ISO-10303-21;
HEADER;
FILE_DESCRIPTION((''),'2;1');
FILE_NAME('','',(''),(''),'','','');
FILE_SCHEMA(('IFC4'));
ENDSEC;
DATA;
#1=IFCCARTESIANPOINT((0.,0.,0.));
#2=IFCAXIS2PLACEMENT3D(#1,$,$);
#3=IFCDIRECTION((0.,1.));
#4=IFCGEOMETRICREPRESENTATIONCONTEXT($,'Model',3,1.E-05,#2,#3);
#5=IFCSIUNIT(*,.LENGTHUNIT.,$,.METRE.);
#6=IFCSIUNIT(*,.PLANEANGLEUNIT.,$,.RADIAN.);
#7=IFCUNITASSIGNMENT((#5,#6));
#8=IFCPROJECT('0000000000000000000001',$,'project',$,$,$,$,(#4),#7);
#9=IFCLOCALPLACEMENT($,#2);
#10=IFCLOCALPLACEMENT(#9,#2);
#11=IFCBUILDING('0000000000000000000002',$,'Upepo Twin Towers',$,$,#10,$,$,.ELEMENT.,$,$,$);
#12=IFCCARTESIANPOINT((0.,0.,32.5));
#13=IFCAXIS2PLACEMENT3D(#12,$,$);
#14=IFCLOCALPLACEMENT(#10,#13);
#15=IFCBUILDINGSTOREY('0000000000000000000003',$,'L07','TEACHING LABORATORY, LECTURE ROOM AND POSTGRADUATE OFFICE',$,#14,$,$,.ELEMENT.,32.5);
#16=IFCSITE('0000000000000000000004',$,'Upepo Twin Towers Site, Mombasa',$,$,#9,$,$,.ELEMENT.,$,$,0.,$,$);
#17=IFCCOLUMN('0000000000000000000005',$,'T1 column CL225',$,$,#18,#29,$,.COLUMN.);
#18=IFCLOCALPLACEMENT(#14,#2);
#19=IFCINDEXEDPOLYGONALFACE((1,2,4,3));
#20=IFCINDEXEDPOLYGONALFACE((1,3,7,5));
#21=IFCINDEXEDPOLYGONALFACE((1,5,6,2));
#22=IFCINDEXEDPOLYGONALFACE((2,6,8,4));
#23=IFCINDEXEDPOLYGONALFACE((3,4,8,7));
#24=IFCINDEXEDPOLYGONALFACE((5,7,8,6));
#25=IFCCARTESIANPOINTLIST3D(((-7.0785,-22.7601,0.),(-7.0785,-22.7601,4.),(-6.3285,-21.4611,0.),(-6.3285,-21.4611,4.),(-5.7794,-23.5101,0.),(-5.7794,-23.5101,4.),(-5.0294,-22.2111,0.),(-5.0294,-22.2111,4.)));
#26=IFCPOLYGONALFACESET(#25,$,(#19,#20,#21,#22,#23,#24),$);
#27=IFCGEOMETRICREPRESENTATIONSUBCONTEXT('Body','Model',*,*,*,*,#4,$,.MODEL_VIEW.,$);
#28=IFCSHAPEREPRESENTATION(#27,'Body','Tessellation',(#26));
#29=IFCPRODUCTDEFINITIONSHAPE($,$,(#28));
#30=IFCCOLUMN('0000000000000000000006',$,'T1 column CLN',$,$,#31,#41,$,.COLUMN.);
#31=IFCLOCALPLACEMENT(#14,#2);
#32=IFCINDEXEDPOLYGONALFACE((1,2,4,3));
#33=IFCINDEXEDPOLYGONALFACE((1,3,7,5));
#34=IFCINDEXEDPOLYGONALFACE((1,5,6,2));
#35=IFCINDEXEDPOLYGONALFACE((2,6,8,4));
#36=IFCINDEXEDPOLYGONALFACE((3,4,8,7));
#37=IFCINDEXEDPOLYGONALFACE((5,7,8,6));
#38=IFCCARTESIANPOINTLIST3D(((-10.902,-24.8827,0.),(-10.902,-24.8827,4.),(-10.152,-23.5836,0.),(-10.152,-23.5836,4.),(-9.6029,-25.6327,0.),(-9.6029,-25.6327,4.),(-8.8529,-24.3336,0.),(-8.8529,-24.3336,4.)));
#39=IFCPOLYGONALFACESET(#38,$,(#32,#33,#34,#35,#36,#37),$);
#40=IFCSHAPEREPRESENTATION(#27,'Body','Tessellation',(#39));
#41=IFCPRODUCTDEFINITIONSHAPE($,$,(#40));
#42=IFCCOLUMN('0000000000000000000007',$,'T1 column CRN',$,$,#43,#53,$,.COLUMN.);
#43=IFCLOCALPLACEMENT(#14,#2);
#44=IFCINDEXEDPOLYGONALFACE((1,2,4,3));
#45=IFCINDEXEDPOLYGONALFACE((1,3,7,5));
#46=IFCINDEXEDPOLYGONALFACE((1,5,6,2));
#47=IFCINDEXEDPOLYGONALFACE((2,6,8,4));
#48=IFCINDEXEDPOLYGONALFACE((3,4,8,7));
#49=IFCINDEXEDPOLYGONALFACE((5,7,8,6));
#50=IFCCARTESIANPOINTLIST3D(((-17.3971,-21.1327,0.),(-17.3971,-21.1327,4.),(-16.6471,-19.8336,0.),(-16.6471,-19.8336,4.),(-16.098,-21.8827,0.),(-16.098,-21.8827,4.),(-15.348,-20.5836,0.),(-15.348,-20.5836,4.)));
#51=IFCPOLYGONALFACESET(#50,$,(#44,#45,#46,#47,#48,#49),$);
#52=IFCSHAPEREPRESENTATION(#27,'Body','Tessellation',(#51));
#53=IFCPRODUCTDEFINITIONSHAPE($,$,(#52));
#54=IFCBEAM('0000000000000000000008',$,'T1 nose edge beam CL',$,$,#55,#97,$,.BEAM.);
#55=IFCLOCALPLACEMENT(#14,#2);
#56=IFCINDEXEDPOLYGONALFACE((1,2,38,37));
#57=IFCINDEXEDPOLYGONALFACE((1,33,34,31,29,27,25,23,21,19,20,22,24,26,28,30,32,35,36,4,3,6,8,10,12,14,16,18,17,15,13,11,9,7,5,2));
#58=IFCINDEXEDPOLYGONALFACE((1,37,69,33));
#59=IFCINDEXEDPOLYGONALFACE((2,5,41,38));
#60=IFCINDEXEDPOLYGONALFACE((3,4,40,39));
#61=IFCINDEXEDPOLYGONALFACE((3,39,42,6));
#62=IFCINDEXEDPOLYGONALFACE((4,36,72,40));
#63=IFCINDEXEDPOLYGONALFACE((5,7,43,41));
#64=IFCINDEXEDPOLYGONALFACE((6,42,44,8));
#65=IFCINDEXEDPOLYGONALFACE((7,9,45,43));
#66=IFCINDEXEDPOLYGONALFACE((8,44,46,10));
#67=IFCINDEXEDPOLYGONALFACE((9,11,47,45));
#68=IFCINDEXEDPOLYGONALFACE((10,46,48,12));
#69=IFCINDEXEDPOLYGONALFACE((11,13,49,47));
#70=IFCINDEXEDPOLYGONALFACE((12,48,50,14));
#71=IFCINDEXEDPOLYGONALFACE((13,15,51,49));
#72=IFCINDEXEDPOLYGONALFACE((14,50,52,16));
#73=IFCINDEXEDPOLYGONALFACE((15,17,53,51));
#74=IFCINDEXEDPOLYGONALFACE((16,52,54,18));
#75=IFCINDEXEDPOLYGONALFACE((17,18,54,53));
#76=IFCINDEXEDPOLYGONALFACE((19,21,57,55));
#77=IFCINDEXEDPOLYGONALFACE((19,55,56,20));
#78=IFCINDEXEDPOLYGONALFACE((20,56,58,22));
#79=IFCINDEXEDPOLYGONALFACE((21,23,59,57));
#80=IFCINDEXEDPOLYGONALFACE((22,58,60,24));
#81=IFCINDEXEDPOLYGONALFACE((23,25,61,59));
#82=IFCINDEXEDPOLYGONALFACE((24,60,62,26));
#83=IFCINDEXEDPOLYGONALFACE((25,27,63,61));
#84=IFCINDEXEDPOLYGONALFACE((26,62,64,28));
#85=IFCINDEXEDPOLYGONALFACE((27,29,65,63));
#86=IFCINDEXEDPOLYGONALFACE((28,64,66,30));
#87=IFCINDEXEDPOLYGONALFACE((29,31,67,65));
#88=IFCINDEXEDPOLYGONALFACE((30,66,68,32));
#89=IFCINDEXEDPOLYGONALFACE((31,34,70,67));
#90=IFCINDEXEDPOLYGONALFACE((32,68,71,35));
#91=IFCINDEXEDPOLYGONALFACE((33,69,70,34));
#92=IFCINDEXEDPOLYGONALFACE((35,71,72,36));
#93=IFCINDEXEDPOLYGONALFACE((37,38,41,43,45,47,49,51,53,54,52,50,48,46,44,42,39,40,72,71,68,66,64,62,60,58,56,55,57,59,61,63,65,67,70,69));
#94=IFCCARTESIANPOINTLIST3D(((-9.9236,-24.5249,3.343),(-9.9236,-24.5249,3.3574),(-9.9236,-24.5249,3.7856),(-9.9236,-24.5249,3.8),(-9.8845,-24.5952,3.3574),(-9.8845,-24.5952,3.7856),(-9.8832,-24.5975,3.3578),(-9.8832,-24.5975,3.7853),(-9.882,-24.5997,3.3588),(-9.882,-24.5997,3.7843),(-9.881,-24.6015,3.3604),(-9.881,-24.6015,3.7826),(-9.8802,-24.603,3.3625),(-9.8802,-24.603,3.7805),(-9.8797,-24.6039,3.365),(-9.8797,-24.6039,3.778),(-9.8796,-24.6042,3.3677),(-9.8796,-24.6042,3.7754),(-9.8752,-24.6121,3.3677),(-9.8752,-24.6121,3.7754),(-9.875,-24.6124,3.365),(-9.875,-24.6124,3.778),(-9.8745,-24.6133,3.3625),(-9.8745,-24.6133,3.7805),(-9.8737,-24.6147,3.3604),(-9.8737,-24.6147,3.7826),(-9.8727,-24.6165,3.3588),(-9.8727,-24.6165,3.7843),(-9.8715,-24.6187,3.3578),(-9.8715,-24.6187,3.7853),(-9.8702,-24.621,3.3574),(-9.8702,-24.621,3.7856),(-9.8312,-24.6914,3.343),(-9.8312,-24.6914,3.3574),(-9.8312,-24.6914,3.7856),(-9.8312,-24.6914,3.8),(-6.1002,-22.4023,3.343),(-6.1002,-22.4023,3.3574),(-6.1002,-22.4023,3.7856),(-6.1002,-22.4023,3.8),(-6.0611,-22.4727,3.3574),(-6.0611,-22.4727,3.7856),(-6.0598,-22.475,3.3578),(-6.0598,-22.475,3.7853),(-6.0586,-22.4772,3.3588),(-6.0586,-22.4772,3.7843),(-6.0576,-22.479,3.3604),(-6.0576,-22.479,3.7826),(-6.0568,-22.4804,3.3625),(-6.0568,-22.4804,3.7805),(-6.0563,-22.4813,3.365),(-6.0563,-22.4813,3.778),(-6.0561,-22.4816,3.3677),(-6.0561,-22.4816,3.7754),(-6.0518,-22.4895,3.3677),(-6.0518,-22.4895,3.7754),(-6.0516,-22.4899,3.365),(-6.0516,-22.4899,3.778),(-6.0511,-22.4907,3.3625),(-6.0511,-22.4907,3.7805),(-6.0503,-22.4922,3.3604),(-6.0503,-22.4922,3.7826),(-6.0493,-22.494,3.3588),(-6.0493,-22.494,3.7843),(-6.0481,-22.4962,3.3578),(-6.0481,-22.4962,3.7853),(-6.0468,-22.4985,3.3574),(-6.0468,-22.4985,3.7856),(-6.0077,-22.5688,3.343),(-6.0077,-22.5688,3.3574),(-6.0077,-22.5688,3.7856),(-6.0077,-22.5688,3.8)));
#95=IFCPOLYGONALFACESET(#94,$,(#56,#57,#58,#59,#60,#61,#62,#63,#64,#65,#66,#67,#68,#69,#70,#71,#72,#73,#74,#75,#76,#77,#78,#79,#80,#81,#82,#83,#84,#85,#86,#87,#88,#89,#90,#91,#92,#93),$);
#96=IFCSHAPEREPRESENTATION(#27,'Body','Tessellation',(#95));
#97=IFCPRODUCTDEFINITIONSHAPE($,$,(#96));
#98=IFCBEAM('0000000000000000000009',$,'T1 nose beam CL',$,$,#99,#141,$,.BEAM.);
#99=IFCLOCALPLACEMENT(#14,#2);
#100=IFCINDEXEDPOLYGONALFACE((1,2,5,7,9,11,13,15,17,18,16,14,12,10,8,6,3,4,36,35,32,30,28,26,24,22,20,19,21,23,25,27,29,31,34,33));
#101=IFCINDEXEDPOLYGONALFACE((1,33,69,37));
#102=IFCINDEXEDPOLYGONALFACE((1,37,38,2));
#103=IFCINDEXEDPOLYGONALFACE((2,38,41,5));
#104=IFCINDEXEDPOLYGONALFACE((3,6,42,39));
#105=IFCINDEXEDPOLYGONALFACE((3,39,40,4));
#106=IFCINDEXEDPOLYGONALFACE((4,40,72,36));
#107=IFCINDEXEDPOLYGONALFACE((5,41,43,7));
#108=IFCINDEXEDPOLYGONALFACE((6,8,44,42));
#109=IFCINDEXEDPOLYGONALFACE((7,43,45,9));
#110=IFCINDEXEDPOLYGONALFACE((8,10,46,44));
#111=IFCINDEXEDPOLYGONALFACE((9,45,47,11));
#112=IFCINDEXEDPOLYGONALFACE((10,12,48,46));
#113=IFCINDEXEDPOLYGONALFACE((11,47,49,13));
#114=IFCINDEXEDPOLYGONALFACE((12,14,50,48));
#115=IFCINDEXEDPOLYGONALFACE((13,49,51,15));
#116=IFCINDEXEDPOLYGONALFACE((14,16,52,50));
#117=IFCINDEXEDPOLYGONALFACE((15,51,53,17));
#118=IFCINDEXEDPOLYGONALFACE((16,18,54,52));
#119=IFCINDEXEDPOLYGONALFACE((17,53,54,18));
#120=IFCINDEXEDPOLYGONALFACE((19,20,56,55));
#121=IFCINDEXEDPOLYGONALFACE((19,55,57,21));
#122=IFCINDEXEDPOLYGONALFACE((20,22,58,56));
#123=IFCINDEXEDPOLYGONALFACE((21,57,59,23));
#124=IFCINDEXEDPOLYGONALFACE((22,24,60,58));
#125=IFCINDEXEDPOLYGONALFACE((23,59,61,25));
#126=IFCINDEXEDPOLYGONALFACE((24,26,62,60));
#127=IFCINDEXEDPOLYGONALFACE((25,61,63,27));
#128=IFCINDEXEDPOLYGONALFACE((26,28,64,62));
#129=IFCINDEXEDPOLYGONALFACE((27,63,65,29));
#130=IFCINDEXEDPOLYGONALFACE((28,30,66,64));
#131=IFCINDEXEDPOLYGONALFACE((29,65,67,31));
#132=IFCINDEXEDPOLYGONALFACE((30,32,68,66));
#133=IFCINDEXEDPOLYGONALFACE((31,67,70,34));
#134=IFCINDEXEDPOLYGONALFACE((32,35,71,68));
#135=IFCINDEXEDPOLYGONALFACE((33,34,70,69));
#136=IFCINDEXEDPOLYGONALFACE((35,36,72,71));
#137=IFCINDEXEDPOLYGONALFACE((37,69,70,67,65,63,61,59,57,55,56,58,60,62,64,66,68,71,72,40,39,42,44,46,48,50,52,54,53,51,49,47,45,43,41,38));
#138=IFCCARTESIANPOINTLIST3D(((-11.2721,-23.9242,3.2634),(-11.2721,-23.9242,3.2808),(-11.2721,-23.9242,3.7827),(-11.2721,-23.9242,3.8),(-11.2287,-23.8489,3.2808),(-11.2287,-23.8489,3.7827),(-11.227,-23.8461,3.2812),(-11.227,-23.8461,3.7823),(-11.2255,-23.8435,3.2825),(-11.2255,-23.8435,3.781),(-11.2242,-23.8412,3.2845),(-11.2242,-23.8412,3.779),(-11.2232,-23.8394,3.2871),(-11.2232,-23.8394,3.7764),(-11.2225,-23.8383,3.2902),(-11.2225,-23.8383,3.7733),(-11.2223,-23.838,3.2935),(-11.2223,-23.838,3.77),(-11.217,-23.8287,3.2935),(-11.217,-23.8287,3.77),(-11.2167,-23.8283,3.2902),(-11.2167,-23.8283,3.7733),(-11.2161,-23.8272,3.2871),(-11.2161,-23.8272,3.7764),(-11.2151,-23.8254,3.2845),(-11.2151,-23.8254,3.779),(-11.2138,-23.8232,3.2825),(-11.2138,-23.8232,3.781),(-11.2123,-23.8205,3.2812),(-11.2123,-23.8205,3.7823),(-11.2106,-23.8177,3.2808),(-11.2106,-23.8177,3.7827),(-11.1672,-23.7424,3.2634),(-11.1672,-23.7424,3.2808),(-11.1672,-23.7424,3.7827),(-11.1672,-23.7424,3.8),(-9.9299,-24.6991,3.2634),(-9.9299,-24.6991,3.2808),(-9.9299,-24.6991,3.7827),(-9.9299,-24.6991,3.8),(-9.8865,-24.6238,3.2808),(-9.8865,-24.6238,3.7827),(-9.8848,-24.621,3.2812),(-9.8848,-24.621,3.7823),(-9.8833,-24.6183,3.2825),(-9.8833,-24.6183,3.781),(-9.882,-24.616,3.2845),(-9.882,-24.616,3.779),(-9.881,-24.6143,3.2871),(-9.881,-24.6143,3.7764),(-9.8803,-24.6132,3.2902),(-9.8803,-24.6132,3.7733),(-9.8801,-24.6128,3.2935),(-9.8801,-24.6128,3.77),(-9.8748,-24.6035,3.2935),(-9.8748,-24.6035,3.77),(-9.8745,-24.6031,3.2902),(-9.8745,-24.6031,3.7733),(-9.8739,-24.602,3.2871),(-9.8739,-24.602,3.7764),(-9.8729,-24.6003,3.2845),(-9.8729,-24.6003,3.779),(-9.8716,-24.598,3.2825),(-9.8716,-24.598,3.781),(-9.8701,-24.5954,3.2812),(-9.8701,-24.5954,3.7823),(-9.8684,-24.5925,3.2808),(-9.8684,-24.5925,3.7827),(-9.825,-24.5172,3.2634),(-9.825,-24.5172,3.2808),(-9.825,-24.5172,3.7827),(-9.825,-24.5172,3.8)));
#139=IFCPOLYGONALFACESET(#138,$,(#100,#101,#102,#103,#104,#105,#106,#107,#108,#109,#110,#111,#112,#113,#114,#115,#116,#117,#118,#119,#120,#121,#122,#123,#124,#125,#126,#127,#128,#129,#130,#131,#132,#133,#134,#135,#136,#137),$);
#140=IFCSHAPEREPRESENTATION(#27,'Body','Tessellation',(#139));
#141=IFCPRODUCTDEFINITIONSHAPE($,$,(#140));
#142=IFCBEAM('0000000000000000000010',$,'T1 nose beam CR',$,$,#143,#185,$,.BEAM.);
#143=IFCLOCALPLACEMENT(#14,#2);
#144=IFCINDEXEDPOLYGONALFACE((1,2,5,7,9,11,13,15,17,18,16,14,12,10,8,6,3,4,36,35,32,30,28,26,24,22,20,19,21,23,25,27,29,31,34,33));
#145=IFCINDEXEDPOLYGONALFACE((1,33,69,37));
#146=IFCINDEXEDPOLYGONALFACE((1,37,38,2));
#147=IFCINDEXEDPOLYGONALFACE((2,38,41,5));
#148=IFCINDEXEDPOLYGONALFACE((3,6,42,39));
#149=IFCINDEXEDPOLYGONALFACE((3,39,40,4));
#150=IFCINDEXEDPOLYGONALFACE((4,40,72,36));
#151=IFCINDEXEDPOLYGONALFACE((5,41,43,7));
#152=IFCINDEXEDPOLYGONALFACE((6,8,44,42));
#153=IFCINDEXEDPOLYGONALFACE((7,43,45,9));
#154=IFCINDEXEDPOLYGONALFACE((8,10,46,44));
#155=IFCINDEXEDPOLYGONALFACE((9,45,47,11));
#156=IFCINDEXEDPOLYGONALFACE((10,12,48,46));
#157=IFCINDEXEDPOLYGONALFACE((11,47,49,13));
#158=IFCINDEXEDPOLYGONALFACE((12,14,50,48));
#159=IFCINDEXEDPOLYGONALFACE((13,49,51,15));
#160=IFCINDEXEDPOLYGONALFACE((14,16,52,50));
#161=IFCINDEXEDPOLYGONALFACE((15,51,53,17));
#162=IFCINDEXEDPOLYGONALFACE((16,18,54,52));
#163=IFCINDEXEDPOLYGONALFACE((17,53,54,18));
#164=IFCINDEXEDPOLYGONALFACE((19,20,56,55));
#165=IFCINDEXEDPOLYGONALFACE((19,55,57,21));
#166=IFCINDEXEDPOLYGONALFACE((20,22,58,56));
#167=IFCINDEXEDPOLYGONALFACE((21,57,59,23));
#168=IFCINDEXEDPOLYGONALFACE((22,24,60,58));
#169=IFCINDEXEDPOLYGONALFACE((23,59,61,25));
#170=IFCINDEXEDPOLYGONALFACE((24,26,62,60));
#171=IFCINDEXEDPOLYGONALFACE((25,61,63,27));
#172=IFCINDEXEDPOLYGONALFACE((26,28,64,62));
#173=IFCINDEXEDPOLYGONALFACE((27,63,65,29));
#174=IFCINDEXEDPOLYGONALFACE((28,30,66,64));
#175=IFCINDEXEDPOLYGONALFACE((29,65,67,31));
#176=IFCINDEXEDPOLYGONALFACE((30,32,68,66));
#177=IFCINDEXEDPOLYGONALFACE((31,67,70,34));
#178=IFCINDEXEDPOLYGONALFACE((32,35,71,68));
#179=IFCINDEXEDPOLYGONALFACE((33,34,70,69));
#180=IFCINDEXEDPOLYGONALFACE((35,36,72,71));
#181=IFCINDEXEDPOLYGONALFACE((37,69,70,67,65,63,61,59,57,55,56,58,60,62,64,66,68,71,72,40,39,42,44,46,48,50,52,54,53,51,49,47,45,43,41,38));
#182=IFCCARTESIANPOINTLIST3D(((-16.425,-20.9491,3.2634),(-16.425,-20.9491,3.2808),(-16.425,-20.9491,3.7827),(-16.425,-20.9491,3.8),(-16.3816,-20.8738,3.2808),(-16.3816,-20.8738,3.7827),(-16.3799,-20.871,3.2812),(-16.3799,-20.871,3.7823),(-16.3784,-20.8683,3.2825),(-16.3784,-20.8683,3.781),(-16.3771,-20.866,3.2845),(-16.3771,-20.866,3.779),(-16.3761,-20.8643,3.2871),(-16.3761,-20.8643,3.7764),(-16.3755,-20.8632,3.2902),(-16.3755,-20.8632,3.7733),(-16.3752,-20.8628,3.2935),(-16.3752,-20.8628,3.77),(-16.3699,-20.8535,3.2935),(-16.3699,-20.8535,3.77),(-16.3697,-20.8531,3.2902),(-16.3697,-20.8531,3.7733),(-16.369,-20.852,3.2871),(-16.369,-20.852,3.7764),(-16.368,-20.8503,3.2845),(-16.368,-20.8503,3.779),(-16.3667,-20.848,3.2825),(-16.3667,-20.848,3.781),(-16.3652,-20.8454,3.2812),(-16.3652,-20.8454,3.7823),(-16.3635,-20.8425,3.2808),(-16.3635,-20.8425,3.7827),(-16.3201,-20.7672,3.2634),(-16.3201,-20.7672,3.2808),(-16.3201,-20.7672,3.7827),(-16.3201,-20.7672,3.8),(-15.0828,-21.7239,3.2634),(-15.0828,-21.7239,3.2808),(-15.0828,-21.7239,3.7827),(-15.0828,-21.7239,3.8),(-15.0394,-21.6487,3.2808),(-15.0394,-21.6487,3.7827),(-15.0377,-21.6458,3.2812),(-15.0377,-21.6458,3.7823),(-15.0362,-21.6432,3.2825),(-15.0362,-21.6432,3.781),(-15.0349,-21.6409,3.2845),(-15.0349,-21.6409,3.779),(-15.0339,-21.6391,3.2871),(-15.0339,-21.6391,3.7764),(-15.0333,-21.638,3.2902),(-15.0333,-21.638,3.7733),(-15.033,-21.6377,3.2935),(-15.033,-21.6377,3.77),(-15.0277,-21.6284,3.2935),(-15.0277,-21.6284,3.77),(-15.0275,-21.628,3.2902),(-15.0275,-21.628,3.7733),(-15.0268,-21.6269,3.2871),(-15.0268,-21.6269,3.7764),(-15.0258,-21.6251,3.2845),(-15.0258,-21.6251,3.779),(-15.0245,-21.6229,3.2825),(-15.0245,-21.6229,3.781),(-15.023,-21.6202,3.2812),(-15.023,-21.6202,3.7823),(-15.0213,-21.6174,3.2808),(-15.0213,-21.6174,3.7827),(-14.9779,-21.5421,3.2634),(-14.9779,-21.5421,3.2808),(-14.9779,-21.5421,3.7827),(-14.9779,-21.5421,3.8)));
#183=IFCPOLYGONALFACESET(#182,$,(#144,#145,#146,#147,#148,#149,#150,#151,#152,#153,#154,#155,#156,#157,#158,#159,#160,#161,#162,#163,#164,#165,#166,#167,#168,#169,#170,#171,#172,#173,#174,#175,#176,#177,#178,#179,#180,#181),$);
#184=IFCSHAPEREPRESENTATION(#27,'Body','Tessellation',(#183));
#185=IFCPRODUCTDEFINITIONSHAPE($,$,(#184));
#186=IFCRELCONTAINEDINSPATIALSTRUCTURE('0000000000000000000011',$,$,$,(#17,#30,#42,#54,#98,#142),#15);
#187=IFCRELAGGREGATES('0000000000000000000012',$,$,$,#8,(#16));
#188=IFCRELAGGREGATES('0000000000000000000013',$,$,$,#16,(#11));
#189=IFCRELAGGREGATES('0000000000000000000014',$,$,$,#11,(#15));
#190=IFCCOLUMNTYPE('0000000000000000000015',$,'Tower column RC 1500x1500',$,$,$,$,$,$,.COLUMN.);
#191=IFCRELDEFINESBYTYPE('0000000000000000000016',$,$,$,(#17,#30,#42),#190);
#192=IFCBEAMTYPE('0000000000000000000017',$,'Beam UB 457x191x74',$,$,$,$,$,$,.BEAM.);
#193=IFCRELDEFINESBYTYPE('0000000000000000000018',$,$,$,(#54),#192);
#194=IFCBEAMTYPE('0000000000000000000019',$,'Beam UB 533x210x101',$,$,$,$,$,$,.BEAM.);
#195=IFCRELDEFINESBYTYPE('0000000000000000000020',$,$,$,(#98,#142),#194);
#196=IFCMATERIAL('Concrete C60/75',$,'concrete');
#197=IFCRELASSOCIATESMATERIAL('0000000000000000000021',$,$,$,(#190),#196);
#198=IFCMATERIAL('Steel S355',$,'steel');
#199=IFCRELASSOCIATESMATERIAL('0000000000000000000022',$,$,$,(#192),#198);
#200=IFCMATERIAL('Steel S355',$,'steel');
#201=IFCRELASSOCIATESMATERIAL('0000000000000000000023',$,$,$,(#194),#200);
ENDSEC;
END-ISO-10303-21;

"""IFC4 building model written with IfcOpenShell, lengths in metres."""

from ifc_helpers import new_model, si_unit, direction, frame, origin, origin_2d, place, context, subcontext, project, spatial, rectangle, i_section, extrude, material, material_profile, profile_set, type_object, element, save


model = new_model("IFC4")

# Units and contexts
model_context = context("Model", 3, precision=1e-05, world=origin(), true_north=direction((0.0, 1.0)))
body_context = subcontext(model_context, "Body", "Model", "MODEL_VIEW")
ifc_project = project(units=[si_unit("LENGTHUNIT", "METRE"), si_unit("PLANEANGLEUNIT", "RADIAN")], contexts=[model_context])

# Site, building, storey
site_placement = place(None, origin())
site = spatial("IfcSite", under=ifc_project, at=site_placement, Name="Upepo Twin Towers Site, Mombasa", CompositionType="ELEMENT", RefElevation=0.0)
building_placement = place(site_placement, origin())
building = spatial("IfcBuilding", under=site, at=building_placement, Name="Upepo Twin Towers", CompositionType="ELEMENT")
storey_placement = place(building_placement, frame((0.0, 0.0, 32.5)))
storey = spatial("IfcBuildingStorey", under=building, at=storey_placement, Name="L07", Description="TEACHING LABORATORY, LECTURE ROOM AND POSTGRADUATE OFFICE", CompositionType="ELEMENT", Elevation=32.5)

# Columns
ifc_material_1 = material(Name="Concrete C60/75", Category="concrete")
ifc_material_profile_1 = material_profile(ifc_material_1, rectangle(XDim=1.5, YDim=1.5, at=origin_2d()), Name="RC 1500x1500")
ifc_profile_set_1 = profile_set([ifc_material_profile_1], Name="Concrete C60/75")
column_type = type_object("IfcColumnType", Name="Tower column RC 1500x1500", PredefinedType="COLUMN", material=ifc_profile_set_1)
for number, where, z_axis, x_axis, name in (
    (1, (-6.054, -22.4856, 0.0), (0.0, 0.0, 1.0), (0.5, 0.866025, 0.0), "T1 column CL225"),
    (2, (-9.8774, -24.6082, 0.0), (0.0, 0.0, 1.0), (0.5, 0.866025, 0.0), "T1 column CLN"),
    (3, (-16.3726, -20.8582, 0.0), (0.0, 0.0, 1.0), (0.5, 0.866025, 0.0), "T1 column CRN"),
):
    element("IfcColumn", number, at=place(storey_placement, frame(where, z_axis=z_axis, x_axis=x_axis)), inside=storey, type_object=column_type, Name=name, PredefinedType="COLUMN", context=body_context, shape_type="SweptSolid", body=[
        extrude(rectangle(XDim=1.5, YDim=1.5, at=origin_2d()), origin(), (0.0, 0.0, 1.0), 4.0),
    ])

# Beams
ifc_material_2 = material(Name="Steel S355", Category="steel")
ifc_material_profile_2 = material_profile(ifc_material_2, i_section(OverallWidth=0.1904, OverallDepth=0.457, WebThickness=0.009, FlangeThickness=0.0144, FilletRadius=0.0103, at=origin_2d()), Name="UB 457x191x74")
ifc_profile_set_2 = profile_set([ifc_material_profile_2], Name="Steel S355")
beam_type_1 = type_object("IfcBeamType", Name="Beam UB 457x191x74", PredefinedType="BEAM", material=ifc_profile_set_2)
beam_1_placement = place(storey_placement, frame((-6.054, -22.4856, 3.5715), z_axis=(-0.874313, -0.485363, 0.0), x_axis=(0.485363, -0.874313, 0.0)))
element("IfcBeam", 4, at=beam_1_placement, inside=storey, type_object=beam_type_1, Name="T1 nose edge beam CL", PredefinedType="BEAM", context=body_context, shape_type="SweptSolid", body=[
    extrude(i_section(OverallWidth=0.1904, OverallDepth=0.457, WebThickness=0.009, FlangeThickness=0.0144, FilletRadius=0.0103, at=origin_2d()), origin(), (0.0, 0.0, 1.0), 4.373),
])
ifc_material_3 = material(Name="Steel S355", Category="steel")
ifc_material_profile_3 = material_profile(ifc_material_3, i_section(OverallWidth=0.21, OverallDepth=0.5366, WebThickness=0.0107, FlangeThickness=0.0173, FilletRadius=0.0127, at=origin_2d()), Name="UB 533x210x101")
ifc_profile_set_3 = profile_set([ifc_material_profile_3], Name="Steel S355")
beam_type_2 = type_object("IfcBeamType", Name="Beam UB 533x210x101", PredefinedType="BEAM", material=ifc_profile_set_3)
for number, where, z_axis, x_axis, name in (
    (5, (-9.8774, -24.6082, 3.5317), (-0.866044, 0.499968, 0.0), (-0.499968, -0.866044, 0.0), "T1 nose beam CL"),
    (6, (-16.3726, -20.8582, 3.5317), (0.866044, -0.499968, 0.0), (0.499968, 0.866044, 0.0), "T1 nose beam CR"),
):
    element("IfcBeam", number, at=place(storey_placement, frame(where, z_axis=z_axis, x_axis=x_axis)), inside=storey, type_object=beam_type_2, Name=name, PredefinedType="BEAM", context=body_context, shape_type="SweptSolid", body=[
        extrude(i_section(OverallWidth=0.21, OverallDepth=0.5366, WebThickness=0.0107, FlangeThickness=0.0173, FilletRadius=0.0127, at=origin_2d()), origin(), (0.0, 0.0, 1.0), 1.5498),
    ])

save(model, "model.ifc")
